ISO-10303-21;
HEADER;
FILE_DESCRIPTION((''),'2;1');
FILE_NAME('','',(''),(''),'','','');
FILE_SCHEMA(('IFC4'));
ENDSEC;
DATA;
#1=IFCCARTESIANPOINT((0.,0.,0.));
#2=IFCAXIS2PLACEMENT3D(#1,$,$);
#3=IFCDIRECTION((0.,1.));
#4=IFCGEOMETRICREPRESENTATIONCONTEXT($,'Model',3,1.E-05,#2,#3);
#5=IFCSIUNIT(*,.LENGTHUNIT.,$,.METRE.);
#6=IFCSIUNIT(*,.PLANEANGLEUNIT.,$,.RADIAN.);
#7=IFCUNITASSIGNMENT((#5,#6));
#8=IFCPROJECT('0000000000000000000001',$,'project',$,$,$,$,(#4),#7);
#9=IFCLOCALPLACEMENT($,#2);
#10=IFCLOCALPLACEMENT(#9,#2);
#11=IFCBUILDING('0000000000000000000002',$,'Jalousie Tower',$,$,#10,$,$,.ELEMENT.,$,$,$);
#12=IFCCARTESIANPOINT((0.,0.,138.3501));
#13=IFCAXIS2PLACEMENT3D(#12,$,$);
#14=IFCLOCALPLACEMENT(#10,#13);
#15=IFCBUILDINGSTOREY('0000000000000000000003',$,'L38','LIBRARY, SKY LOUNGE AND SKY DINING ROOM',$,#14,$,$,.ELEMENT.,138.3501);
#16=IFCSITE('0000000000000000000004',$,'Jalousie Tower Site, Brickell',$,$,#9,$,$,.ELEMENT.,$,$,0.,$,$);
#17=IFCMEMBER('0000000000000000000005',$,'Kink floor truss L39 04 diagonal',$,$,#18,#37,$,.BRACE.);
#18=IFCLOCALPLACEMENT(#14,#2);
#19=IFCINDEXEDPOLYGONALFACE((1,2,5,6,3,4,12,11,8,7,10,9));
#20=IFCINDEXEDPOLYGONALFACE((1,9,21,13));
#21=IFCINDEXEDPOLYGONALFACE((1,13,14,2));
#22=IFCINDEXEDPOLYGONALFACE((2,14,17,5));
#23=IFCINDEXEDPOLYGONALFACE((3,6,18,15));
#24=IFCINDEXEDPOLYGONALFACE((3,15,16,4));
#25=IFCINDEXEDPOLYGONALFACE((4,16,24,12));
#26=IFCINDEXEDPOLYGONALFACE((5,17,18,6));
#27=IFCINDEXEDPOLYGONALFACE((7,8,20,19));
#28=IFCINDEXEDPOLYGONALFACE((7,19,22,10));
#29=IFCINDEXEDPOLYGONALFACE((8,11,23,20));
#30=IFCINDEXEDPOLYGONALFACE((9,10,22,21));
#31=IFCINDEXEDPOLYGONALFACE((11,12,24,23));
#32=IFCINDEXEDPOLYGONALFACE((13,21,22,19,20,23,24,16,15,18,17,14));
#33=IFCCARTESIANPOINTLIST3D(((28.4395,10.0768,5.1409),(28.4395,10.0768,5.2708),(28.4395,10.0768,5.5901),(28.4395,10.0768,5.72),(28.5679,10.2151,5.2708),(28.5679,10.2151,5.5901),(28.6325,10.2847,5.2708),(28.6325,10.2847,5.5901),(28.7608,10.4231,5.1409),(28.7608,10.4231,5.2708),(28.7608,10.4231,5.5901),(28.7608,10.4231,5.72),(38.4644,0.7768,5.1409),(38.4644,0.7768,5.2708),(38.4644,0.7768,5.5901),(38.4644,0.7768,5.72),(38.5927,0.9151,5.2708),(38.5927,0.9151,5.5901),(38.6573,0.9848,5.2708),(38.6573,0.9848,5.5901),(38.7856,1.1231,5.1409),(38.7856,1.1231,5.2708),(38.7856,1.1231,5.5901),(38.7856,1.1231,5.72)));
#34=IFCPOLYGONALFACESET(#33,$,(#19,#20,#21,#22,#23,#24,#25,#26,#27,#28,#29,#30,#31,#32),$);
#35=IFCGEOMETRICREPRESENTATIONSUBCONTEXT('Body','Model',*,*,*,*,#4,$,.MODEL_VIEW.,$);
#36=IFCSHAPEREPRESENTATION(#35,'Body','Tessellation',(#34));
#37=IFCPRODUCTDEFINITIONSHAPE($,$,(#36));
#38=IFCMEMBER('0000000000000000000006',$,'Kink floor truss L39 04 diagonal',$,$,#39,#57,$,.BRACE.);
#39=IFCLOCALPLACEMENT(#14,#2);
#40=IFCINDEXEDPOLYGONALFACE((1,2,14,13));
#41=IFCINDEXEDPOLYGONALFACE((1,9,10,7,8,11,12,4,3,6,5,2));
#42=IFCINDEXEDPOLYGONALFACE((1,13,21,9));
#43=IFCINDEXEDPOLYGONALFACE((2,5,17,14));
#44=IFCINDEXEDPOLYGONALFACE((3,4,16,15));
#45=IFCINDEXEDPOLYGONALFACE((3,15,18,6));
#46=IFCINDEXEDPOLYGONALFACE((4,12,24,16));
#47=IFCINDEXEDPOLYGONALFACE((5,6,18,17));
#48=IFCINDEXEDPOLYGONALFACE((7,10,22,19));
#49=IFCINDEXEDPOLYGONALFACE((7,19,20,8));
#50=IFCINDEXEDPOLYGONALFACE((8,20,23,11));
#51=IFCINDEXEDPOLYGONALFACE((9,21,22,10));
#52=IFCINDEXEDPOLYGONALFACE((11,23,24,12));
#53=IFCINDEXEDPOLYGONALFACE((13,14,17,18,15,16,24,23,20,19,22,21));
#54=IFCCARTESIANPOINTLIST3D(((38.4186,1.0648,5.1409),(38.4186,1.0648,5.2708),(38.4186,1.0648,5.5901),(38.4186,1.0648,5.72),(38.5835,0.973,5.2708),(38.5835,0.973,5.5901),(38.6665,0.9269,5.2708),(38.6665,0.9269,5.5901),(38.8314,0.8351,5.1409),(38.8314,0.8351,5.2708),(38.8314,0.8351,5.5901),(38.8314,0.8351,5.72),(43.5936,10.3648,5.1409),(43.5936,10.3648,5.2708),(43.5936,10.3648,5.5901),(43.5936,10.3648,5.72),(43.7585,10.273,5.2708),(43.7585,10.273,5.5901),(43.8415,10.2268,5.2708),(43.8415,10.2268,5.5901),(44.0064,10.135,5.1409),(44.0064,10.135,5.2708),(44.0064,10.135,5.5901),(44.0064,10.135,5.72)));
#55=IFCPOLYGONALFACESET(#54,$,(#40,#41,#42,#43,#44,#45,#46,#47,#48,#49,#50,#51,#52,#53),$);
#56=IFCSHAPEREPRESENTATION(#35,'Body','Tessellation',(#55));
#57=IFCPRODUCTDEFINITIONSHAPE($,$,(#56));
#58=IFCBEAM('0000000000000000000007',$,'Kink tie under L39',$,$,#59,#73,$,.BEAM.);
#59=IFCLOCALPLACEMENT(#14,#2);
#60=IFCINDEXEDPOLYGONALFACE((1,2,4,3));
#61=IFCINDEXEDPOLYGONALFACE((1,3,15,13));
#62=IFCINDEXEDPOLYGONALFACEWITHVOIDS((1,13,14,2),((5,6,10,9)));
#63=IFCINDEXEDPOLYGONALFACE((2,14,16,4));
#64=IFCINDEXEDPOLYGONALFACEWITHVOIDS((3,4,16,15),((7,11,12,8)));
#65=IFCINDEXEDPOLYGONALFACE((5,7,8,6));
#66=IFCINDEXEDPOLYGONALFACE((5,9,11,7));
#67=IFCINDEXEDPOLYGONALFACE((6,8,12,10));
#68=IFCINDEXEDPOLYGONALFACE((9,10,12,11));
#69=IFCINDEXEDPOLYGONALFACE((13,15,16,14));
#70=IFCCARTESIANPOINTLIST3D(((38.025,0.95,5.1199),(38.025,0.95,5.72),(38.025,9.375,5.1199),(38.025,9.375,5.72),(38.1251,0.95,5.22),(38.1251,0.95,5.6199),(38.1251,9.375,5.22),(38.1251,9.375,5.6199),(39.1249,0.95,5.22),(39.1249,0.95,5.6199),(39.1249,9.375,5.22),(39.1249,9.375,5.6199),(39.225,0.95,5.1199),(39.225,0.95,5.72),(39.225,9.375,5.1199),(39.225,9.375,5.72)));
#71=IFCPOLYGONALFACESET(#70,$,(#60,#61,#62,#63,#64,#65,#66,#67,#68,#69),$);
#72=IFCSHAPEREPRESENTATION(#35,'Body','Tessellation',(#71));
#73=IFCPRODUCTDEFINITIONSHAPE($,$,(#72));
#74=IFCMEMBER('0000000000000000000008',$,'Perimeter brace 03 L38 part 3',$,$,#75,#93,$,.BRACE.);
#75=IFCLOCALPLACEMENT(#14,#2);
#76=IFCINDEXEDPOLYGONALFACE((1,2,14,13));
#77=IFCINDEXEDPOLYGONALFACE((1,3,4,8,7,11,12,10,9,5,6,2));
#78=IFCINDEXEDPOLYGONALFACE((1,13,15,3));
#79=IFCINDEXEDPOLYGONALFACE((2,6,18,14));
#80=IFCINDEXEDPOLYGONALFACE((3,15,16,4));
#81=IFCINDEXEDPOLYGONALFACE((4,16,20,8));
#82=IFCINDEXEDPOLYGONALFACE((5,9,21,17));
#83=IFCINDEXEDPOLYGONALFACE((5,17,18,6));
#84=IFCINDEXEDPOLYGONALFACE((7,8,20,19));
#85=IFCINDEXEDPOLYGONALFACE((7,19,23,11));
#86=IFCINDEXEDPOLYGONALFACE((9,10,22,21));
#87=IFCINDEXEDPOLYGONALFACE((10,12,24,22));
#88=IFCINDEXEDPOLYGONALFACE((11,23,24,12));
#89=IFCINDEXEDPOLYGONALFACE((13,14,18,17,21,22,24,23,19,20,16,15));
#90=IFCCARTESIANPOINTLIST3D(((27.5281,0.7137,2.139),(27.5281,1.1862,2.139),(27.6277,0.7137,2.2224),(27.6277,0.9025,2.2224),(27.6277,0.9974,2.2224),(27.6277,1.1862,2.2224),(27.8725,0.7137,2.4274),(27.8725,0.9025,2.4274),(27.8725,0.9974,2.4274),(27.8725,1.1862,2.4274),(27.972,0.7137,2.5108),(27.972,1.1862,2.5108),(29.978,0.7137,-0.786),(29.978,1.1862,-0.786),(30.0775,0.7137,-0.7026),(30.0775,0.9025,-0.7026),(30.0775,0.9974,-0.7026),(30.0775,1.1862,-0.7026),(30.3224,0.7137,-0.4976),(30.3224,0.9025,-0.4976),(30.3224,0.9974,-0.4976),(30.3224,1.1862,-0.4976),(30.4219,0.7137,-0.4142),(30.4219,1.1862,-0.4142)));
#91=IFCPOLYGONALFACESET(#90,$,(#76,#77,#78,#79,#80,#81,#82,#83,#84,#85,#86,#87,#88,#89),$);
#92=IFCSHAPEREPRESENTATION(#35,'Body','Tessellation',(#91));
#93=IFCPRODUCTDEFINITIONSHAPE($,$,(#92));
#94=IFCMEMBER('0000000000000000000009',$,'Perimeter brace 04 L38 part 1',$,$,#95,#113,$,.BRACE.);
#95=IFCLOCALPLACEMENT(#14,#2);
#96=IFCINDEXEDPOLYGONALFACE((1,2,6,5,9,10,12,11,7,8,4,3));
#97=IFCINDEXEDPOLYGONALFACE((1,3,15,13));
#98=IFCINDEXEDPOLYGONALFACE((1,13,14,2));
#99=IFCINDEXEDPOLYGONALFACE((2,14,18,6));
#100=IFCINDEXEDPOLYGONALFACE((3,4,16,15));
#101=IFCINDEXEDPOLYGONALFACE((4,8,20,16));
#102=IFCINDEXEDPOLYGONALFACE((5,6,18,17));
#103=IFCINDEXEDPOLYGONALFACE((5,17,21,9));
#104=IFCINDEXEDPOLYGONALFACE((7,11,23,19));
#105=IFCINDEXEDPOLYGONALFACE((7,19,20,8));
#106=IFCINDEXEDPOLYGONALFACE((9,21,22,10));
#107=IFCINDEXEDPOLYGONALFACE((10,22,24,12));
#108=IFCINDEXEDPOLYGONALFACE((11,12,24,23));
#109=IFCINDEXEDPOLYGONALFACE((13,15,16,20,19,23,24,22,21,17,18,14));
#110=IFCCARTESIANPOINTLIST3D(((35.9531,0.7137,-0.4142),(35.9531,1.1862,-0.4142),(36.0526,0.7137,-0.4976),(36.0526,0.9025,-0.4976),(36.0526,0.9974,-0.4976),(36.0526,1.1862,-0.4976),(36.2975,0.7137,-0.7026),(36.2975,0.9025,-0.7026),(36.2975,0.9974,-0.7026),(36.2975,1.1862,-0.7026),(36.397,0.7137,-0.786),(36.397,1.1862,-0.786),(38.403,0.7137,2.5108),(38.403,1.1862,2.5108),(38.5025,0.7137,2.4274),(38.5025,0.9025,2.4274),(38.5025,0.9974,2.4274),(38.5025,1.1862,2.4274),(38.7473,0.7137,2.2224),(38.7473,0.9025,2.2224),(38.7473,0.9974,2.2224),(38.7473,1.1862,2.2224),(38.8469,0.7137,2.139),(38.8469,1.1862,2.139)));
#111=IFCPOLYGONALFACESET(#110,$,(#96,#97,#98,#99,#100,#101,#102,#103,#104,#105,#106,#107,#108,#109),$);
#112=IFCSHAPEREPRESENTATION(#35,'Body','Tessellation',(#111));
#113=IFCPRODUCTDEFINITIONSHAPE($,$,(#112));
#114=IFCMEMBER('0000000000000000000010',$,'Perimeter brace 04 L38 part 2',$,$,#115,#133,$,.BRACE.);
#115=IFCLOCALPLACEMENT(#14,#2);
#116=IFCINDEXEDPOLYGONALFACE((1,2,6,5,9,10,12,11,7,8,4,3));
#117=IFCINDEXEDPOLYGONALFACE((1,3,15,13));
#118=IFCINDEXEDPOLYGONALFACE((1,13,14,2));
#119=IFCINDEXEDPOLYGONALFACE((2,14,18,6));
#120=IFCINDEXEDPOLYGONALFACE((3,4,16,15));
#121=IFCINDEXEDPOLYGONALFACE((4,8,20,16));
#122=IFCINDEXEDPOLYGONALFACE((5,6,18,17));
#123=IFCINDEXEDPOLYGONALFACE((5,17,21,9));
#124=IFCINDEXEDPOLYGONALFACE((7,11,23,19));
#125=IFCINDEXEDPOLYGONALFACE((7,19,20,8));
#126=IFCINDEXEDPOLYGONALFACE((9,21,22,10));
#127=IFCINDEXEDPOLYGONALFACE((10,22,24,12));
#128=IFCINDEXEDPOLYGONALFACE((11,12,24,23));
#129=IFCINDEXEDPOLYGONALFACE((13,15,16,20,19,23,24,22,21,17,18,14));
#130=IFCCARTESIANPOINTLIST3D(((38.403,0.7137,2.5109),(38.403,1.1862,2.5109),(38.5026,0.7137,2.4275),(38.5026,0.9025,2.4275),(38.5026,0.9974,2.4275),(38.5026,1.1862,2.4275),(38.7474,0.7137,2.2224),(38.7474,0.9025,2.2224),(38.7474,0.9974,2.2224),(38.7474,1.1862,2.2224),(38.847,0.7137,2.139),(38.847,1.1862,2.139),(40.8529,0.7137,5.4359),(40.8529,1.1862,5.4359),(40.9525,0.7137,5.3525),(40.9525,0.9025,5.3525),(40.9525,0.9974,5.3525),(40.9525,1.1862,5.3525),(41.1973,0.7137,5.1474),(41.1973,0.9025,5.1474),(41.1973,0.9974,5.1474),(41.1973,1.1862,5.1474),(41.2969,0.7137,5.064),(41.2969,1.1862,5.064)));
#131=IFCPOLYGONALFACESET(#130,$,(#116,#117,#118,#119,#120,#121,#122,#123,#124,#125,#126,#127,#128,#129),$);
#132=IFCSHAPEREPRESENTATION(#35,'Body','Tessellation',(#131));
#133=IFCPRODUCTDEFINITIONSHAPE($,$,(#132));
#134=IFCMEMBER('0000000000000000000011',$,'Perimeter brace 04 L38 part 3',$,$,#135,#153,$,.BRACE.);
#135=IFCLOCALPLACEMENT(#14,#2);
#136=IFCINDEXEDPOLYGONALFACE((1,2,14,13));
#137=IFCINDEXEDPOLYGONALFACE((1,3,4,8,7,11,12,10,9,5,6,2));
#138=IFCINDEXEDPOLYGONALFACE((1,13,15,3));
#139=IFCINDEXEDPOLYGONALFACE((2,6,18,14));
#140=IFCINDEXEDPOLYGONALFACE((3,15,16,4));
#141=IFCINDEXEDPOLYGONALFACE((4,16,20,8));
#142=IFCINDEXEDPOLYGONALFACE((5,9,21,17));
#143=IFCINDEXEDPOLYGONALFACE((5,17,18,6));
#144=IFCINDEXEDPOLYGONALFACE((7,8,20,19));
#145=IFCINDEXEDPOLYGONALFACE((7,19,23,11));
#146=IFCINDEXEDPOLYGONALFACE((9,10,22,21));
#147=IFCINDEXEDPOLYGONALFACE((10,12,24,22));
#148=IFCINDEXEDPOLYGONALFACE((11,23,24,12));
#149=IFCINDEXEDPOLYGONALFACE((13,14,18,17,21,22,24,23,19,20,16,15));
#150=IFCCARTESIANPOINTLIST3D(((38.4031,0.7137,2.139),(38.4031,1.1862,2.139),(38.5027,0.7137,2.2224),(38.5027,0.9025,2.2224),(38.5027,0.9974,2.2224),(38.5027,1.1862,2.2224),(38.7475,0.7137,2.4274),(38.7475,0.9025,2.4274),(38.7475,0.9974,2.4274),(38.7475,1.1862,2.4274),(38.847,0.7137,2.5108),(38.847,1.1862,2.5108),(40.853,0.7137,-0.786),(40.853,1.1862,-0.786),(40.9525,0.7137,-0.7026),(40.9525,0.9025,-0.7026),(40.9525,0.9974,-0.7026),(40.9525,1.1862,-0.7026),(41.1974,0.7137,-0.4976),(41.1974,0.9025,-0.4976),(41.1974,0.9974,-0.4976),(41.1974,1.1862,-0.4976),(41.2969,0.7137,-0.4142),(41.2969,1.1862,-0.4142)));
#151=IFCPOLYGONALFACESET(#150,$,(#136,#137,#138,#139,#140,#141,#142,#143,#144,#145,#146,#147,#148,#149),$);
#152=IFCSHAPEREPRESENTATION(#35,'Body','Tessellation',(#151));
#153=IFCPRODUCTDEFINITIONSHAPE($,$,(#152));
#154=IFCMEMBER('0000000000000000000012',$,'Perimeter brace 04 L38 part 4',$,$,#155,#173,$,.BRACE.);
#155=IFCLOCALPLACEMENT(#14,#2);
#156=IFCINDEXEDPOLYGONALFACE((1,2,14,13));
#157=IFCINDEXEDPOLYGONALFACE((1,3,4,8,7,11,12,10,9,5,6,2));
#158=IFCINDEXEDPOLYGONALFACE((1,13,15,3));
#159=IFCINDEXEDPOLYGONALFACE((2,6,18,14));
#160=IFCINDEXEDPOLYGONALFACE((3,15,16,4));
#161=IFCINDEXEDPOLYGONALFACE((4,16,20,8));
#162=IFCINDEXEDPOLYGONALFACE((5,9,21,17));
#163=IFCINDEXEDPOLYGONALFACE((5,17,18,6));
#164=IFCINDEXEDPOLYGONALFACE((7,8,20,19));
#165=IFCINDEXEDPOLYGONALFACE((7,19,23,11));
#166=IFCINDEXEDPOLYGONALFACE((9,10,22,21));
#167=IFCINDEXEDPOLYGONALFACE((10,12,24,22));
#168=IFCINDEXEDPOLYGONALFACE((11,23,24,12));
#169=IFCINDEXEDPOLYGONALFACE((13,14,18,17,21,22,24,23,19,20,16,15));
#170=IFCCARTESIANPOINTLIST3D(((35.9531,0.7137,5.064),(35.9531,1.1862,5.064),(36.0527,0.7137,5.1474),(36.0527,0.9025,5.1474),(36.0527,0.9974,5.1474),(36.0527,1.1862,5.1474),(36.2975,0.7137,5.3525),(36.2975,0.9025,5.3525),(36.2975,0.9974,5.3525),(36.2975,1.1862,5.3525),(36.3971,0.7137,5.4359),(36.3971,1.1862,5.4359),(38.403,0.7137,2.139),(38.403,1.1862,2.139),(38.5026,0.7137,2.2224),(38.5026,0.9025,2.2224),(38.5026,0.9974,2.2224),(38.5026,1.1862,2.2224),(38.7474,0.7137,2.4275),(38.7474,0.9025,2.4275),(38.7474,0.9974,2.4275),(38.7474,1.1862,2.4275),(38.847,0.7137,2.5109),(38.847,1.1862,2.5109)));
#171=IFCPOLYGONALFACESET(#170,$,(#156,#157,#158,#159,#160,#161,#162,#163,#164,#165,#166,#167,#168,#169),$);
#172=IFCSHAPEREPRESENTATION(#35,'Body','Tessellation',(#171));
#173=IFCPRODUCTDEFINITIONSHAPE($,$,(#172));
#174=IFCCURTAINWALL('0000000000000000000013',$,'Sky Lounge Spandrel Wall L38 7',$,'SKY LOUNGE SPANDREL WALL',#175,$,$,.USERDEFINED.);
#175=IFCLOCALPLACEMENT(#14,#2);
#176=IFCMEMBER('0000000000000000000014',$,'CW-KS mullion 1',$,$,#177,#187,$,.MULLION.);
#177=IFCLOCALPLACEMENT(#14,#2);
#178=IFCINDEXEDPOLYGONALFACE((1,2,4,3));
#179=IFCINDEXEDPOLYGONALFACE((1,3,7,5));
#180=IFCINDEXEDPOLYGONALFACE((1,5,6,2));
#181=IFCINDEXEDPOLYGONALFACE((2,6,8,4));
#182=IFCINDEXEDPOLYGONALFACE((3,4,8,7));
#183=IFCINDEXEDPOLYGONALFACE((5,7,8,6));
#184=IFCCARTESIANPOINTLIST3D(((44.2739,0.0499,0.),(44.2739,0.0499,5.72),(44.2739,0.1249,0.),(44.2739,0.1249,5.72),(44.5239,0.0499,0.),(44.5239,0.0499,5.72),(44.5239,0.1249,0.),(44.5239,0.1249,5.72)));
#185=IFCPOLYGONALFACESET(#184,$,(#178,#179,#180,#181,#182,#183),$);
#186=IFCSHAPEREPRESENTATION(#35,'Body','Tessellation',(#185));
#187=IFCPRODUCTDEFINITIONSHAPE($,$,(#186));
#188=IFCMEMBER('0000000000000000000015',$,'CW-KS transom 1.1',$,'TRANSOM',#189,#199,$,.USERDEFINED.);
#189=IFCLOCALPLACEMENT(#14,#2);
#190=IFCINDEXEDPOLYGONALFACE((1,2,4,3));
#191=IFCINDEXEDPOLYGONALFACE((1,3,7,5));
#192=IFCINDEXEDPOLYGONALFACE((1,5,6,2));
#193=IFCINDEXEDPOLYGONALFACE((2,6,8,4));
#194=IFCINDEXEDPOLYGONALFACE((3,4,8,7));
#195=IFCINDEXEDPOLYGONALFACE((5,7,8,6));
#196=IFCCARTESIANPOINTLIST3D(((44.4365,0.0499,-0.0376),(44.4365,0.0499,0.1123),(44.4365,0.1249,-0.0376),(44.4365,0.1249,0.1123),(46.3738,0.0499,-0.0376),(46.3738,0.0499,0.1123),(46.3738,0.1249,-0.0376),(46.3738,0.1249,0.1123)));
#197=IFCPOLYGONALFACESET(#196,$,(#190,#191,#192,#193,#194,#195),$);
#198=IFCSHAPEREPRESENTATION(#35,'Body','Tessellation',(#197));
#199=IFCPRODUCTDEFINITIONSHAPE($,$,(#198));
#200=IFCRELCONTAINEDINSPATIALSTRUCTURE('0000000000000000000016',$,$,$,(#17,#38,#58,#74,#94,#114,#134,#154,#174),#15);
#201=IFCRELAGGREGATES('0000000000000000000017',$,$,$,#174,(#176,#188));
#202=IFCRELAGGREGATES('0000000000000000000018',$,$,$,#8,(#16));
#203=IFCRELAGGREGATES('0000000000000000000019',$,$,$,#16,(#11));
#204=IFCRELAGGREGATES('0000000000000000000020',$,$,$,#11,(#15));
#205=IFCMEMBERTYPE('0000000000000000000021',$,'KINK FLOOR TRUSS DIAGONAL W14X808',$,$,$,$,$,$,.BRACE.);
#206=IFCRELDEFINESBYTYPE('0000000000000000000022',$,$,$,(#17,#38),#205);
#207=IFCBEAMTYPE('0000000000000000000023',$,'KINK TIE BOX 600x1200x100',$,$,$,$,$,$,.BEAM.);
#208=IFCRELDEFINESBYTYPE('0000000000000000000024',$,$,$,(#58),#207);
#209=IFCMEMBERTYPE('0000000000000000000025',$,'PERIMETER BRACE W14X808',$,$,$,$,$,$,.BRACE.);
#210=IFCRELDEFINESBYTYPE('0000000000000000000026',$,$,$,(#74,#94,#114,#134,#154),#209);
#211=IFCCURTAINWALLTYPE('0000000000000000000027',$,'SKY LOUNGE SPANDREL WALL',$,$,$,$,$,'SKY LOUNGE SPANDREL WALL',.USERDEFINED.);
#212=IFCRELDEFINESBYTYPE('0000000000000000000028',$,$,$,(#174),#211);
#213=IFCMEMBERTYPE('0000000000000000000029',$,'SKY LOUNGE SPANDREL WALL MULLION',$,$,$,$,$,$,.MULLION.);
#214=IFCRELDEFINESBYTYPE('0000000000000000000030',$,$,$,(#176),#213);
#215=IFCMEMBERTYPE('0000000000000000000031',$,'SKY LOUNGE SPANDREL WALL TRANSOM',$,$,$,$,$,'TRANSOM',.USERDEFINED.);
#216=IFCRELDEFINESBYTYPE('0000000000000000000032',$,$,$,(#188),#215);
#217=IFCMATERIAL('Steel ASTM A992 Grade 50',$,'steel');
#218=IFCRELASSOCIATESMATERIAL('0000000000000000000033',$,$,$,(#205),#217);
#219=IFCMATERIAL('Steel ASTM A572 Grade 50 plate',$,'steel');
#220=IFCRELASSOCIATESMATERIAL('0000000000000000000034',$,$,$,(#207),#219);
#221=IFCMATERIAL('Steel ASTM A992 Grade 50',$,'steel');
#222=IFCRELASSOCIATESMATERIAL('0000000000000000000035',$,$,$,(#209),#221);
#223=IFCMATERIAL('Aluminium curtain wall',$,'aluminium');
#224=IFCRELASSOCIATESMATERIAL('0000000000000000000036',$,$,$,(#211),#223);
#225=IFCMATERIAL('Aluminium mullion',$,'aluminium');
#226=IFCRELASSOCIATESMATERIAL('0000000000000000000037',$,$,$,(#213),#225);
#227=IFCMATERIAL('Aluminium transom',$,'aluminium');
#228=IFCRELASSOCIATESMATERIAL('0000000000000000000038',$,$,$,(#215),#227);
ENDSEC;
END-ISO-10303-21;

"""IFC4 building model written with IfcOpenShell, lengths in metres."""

from ifc_helpers import new_model, si_unit, direction, frame, origin, origin_2d, place, context, subcontext, project, spatial, rectangle, hollow_rectangle, i_section, extrude, material, material_profile, profile_set, type_object, element, aggregate, save


model = new_model("IFC4")

# Units and contexts
model_context = context("Model", 3, precision=1e-05, world=origin(), true_north=direction((0.0, 1.0)))
body_context = subcontext(model_context, "Body", "Model", "MODEL_VIEW")
ifc_project = project(units=[si_unit("LENGTHUNIT", "METRE"), si_unit("PLANEANGLEUNIT", "RADIAN")], contexts=[model_context])

# Site, building, storey
site_placement = place(None, origin())
site = spatial("IfcSite", under=ifc_project, at=site_placement, Name="Jalousie Tower Site, Brickell", CompositionType="ELEMENT", RefElevation=0.0)
building_placement = place(site_placement, origin())
building = spatial("IfcBuilding", under=site, at=building_placement, Name="Jalousie Tower", CompositionType="ELEMENT")
storey_placement = place(building_placement, frame((0.0, 0.0, 138.3501)))
storey = spatial("IfcBuildingStorey", under=building, at=storey_placement, Name="L38", Description="LIBRARY, SKY LOUNGE AND SKY DINING ROOM", CompositionType="ELEMENT", Elevation=138.3501)

# Members
ifc_material_1 = material(Name="Steel ASTM A992 Grade 50", Category="steel")
ifc_material_profile_1 = material_profile(ifc_material_1, i_section(OverallWidth=0.4724, OverallDepth=0.5791, WebThickness=0.095, FlangeThickness=0.1299, at=origin_2d()), Name="W14X808")
ifc_profile_set_1 = profile_set([ifc_material_profile_1], Name="Steel ASTM A992 Grade 50")
member_type_1 = type_object("IfcMemberType", Name="KINK FLOOR TRUSS DIAGONAL W14X808", PredefinedType="BRACE", material=ifc_profile_set_1)
member_1_placement = place(storey_placement, frame((38.625, 0.95, 5.4304), z_axis=(-0.733114, 0.680106, 0.0), x_axis=(-0.680106, -0.733114, 0.0)))
element("IfcMember", 1, at=member_1_placement, inside=storey, type_object=member_type_1, Name="Kink floor truss L39 04 diagonal", PredefinedType="BRACE", context=body_context, shape_type="SweptSolid", body=[
    extrude(i_section(OverallWidth=0.4724, OverallDepth=0.5791, WebThickness=0.095, FlangeThickness=0.1299, at=origin_2d()), origin(), (0.0, 0.0, 1.0), 13.6743),
])
member_2_placement = place(storey_placement, frame((38.625, 0.95, 5.4304), z_axis=(0.486243, 0.873824, 0.0), x_axis=(-0.873824, 0.486243, 0.0)))
element("IfcMember", 2, at=member_2_placement, inside=storey, type_object=member_type_1, Name="Kink floor truss L39 04 diagonal", PredefinedType="BRACE", context=body_context, shape_type="SweptSolid", body=[
    extrude(i_section(OverallWidth=0.4724, OverallDepth=0.5791, WebThickness=0.095, FlangeThickness=0.1299, at=origin_2d()), origin(), (0.0, 0.0, 1.0), 10.6428),
])

# Beam
ifc_material_2 = material(Name="Steel ASTM A572 Grade 50 plate", Category="steel")
ifc_material_profile_2 = material_profile(ifc_material_2, hollow_rectangle(XDim=1.2, YDim=0.6001, WallThickness=0.1001, at=origin_2d()), Name="BOX 600x1200x100")
ifc_profile_set_2 = profile_set([ifc_material_profile_2], Name="Steel ASTM A572 Grade 50 plate")
beam_type = type_object("IfcBeamType", Name="KINK TIE BOX 600x1200x100", PredefinedType="BEAM", material=ifc_profile_set_2)
beam_placement = place(storey_placement, frame((38.625, 0.95, 5.4199), z_axis=(0.0, 1.0, 0.0), x_axis=(-1.0, 0.0, 0.0)))
element("IfcBeam", 3, at=beam_placement, inside=storey, type_object=beam_type, Name="Kink tie under L39", PredefinedType="BEAM", context=body_context, shape_type="SweptSolid", body=[
    extrude(hollow_rectangle(XDim=1.2, YDim=0.6001, WallThickness=0.1001, at=origin_2d()), origin(), (0.0, 0.0, 1.0), 8.425),
])

# Members
ifc_material_3 = material(Name="Steel ASTM A992 Grade 50", Category="steel")
ifc_material_profile_3 = material_profile(ifc_material_3, i_section(OverallWidth=0.4724, OverallDepth=0.5791, WebThickness=0.095, FlangeThickness=0.1299, at=origin_2d()), Name="W14X808")
ifc_profile_set_3 = profile_set([ifc_material_profile_3], Name="Steel ASTM A992 Grade 50")
member_type_2 = type_object("IfcMemberType", Name="PERIMETER BRACE W14X808", PredefinedType="BRACE", material=ifc_profile_set_3)
for number, where, z_axis, x_axis, name in (
    (4, (30.2, 0.95, -0.6001), (-0.642102, 0.0, 0.766619), (0.0, -1.0, 0.0), "Perimeter brace 03 L38 part 3"),
    (5, (36.175, 0.95, -0.6001), (0.642102, 0.0, 0.766619), (0.0, 1.0, 0.0), "Perimeter brace 04 L38 part 1"),
    (6, (38.625, 0.95, 2.325), (0.642102, 0.0, 0.766619), (0.0, 1.0, 0.0), "Perimeter brace 04 L38 part 2"),
    (7, (41.075, 0.95, -0.6001), (-0.642102, 0.0, 0.766619), (0.0, -1.0, 0.0), "Perimeter brace 04 L38 part 3"),
    (8, (38.625, 0.95, 2.325), (-0.642102, 0.0, 0.766619), (0.0, -1.0, 0.0), "Perimeter brace 04 L38 part 4"),
):
    element("IfcMember", number, at=place(storey_placement, frame(where, z_axis=z_axis, x_axis=x_axis)), inside=storey, type_object=member_type_2, Name=name, PredefinedType="BRACE", context=body_context, shape_type="SweptSolid", body=[
        extrude(i_section(OverallWidth=0.4724, OverallDepth=0.5791, WebThickness=0.095, FlangeThickness=0.1299, at=origin_2d()), origin(), (0.0, 0.0, 1.0), 3.8154),
    ])

# Curtain wall, members
ifc_material_4 = material(Name="Aluminium curtain wall", Category="aluminium")
curtain_wall_type_1 = type_object("IfcCurtainWallType", Name="SKY LOUNGE SPANDREL WALL", ElementType="SKY LOUNGE SPANDREL WALL", PredefinedType="USERDEFINED", material=ifc_material_4)
curtain_wall_1_placement = place(storey_placement, origin())
curtain_wall_1 = element("IfcCurtainWall", 9, at=curtain_wall_1_placement, inside=storey, type_object=curtain_wall_type_1, Name="Sky Lounge Spandrel Wall L38 7", ObjectType="SKY LOUNGE SPANDREL WALL", PredefinedType="USERDEFINED")
ifc_material_5 = material(Name="Aluminium mullion", Category="aluminium")
ifc_material_profile_4 = material_profile(ifc_material_5, rectangle(XDim=0.075, YDim=0.25, at=origin_2d()), Name="MULLION 75x250")
ifc_profile_set_4 = profile_set([ifc_material_profile_4], Name="Aluminium mullion")
member_type_3 = type_object("IfcMemberType", Name="SKY LOUNGE SPANDREL WALL MULLION", PredefinedType="MULLION", material=ifc_profile_set_4)
member_3_placement = place(storey_placement, frame((44.3989, 0.0874, 0.0), z_axis=(0.0, 0.0, 1.0), x_axis=(0.0, 1.0, 0.0)))
member_3 = element("IfcMember", 10, at=member_3_placement, type_object=member_type_3, Name="CW-KS mullion 1", PredefinedType="MULLION", context=body_context, shape_type="SweptSolid", body=[
    extrude(rectangle(XDim=0.075, YDim=0.25, at=origin_2d()), origin(), (0.0, 0.0, 1.0), 5.72),
])
ifc_material_6 = material(Name="Aluminium transom", Category="aluminium")
ifc_material_profile_5 = material_profile(ifc_material_6, rectangle(XDim=0.075, YDim=0.1499, at=origin_2d()), Name="TRANSOM 75x150")
ifc_profile_set_5 = profile_set([ifc_material_profile_5], Name="Aluminium transom")
member_type_4 = type_object("IfcMemberType", Name="SKY LOUNGE SPANDREL WALL TRANSOM", ElementType="TRANSOM", PredefinedType="USERDEFINED", material=ifc_profile_set_5)
member_4_placement = place(storey_placement, frame((44.4365, 0.0874, 0.0374), z_axis=(1.0, 0.0, 0.0), x_axis=(0.0, 1.0, 0.0)))
member_4 = element("IfcMember", 11, at=member_4_placement, type_object=member_type_4, Name="CW-KS transom 1.1", ObjectType="TRANSOM", PredefinedType="USERDEFINED", context=body_context, shape_type="SweptSolid", body=[
    extrude(rectangle(XDim=0.075, YDim=0.1499, at=origin_2d()), origin(), (0.0, 0.0, 1.0), 1.9373),
])
aggregate(curtain_wall_1, [member_3, member_4])

save(model, "model.ifc")
